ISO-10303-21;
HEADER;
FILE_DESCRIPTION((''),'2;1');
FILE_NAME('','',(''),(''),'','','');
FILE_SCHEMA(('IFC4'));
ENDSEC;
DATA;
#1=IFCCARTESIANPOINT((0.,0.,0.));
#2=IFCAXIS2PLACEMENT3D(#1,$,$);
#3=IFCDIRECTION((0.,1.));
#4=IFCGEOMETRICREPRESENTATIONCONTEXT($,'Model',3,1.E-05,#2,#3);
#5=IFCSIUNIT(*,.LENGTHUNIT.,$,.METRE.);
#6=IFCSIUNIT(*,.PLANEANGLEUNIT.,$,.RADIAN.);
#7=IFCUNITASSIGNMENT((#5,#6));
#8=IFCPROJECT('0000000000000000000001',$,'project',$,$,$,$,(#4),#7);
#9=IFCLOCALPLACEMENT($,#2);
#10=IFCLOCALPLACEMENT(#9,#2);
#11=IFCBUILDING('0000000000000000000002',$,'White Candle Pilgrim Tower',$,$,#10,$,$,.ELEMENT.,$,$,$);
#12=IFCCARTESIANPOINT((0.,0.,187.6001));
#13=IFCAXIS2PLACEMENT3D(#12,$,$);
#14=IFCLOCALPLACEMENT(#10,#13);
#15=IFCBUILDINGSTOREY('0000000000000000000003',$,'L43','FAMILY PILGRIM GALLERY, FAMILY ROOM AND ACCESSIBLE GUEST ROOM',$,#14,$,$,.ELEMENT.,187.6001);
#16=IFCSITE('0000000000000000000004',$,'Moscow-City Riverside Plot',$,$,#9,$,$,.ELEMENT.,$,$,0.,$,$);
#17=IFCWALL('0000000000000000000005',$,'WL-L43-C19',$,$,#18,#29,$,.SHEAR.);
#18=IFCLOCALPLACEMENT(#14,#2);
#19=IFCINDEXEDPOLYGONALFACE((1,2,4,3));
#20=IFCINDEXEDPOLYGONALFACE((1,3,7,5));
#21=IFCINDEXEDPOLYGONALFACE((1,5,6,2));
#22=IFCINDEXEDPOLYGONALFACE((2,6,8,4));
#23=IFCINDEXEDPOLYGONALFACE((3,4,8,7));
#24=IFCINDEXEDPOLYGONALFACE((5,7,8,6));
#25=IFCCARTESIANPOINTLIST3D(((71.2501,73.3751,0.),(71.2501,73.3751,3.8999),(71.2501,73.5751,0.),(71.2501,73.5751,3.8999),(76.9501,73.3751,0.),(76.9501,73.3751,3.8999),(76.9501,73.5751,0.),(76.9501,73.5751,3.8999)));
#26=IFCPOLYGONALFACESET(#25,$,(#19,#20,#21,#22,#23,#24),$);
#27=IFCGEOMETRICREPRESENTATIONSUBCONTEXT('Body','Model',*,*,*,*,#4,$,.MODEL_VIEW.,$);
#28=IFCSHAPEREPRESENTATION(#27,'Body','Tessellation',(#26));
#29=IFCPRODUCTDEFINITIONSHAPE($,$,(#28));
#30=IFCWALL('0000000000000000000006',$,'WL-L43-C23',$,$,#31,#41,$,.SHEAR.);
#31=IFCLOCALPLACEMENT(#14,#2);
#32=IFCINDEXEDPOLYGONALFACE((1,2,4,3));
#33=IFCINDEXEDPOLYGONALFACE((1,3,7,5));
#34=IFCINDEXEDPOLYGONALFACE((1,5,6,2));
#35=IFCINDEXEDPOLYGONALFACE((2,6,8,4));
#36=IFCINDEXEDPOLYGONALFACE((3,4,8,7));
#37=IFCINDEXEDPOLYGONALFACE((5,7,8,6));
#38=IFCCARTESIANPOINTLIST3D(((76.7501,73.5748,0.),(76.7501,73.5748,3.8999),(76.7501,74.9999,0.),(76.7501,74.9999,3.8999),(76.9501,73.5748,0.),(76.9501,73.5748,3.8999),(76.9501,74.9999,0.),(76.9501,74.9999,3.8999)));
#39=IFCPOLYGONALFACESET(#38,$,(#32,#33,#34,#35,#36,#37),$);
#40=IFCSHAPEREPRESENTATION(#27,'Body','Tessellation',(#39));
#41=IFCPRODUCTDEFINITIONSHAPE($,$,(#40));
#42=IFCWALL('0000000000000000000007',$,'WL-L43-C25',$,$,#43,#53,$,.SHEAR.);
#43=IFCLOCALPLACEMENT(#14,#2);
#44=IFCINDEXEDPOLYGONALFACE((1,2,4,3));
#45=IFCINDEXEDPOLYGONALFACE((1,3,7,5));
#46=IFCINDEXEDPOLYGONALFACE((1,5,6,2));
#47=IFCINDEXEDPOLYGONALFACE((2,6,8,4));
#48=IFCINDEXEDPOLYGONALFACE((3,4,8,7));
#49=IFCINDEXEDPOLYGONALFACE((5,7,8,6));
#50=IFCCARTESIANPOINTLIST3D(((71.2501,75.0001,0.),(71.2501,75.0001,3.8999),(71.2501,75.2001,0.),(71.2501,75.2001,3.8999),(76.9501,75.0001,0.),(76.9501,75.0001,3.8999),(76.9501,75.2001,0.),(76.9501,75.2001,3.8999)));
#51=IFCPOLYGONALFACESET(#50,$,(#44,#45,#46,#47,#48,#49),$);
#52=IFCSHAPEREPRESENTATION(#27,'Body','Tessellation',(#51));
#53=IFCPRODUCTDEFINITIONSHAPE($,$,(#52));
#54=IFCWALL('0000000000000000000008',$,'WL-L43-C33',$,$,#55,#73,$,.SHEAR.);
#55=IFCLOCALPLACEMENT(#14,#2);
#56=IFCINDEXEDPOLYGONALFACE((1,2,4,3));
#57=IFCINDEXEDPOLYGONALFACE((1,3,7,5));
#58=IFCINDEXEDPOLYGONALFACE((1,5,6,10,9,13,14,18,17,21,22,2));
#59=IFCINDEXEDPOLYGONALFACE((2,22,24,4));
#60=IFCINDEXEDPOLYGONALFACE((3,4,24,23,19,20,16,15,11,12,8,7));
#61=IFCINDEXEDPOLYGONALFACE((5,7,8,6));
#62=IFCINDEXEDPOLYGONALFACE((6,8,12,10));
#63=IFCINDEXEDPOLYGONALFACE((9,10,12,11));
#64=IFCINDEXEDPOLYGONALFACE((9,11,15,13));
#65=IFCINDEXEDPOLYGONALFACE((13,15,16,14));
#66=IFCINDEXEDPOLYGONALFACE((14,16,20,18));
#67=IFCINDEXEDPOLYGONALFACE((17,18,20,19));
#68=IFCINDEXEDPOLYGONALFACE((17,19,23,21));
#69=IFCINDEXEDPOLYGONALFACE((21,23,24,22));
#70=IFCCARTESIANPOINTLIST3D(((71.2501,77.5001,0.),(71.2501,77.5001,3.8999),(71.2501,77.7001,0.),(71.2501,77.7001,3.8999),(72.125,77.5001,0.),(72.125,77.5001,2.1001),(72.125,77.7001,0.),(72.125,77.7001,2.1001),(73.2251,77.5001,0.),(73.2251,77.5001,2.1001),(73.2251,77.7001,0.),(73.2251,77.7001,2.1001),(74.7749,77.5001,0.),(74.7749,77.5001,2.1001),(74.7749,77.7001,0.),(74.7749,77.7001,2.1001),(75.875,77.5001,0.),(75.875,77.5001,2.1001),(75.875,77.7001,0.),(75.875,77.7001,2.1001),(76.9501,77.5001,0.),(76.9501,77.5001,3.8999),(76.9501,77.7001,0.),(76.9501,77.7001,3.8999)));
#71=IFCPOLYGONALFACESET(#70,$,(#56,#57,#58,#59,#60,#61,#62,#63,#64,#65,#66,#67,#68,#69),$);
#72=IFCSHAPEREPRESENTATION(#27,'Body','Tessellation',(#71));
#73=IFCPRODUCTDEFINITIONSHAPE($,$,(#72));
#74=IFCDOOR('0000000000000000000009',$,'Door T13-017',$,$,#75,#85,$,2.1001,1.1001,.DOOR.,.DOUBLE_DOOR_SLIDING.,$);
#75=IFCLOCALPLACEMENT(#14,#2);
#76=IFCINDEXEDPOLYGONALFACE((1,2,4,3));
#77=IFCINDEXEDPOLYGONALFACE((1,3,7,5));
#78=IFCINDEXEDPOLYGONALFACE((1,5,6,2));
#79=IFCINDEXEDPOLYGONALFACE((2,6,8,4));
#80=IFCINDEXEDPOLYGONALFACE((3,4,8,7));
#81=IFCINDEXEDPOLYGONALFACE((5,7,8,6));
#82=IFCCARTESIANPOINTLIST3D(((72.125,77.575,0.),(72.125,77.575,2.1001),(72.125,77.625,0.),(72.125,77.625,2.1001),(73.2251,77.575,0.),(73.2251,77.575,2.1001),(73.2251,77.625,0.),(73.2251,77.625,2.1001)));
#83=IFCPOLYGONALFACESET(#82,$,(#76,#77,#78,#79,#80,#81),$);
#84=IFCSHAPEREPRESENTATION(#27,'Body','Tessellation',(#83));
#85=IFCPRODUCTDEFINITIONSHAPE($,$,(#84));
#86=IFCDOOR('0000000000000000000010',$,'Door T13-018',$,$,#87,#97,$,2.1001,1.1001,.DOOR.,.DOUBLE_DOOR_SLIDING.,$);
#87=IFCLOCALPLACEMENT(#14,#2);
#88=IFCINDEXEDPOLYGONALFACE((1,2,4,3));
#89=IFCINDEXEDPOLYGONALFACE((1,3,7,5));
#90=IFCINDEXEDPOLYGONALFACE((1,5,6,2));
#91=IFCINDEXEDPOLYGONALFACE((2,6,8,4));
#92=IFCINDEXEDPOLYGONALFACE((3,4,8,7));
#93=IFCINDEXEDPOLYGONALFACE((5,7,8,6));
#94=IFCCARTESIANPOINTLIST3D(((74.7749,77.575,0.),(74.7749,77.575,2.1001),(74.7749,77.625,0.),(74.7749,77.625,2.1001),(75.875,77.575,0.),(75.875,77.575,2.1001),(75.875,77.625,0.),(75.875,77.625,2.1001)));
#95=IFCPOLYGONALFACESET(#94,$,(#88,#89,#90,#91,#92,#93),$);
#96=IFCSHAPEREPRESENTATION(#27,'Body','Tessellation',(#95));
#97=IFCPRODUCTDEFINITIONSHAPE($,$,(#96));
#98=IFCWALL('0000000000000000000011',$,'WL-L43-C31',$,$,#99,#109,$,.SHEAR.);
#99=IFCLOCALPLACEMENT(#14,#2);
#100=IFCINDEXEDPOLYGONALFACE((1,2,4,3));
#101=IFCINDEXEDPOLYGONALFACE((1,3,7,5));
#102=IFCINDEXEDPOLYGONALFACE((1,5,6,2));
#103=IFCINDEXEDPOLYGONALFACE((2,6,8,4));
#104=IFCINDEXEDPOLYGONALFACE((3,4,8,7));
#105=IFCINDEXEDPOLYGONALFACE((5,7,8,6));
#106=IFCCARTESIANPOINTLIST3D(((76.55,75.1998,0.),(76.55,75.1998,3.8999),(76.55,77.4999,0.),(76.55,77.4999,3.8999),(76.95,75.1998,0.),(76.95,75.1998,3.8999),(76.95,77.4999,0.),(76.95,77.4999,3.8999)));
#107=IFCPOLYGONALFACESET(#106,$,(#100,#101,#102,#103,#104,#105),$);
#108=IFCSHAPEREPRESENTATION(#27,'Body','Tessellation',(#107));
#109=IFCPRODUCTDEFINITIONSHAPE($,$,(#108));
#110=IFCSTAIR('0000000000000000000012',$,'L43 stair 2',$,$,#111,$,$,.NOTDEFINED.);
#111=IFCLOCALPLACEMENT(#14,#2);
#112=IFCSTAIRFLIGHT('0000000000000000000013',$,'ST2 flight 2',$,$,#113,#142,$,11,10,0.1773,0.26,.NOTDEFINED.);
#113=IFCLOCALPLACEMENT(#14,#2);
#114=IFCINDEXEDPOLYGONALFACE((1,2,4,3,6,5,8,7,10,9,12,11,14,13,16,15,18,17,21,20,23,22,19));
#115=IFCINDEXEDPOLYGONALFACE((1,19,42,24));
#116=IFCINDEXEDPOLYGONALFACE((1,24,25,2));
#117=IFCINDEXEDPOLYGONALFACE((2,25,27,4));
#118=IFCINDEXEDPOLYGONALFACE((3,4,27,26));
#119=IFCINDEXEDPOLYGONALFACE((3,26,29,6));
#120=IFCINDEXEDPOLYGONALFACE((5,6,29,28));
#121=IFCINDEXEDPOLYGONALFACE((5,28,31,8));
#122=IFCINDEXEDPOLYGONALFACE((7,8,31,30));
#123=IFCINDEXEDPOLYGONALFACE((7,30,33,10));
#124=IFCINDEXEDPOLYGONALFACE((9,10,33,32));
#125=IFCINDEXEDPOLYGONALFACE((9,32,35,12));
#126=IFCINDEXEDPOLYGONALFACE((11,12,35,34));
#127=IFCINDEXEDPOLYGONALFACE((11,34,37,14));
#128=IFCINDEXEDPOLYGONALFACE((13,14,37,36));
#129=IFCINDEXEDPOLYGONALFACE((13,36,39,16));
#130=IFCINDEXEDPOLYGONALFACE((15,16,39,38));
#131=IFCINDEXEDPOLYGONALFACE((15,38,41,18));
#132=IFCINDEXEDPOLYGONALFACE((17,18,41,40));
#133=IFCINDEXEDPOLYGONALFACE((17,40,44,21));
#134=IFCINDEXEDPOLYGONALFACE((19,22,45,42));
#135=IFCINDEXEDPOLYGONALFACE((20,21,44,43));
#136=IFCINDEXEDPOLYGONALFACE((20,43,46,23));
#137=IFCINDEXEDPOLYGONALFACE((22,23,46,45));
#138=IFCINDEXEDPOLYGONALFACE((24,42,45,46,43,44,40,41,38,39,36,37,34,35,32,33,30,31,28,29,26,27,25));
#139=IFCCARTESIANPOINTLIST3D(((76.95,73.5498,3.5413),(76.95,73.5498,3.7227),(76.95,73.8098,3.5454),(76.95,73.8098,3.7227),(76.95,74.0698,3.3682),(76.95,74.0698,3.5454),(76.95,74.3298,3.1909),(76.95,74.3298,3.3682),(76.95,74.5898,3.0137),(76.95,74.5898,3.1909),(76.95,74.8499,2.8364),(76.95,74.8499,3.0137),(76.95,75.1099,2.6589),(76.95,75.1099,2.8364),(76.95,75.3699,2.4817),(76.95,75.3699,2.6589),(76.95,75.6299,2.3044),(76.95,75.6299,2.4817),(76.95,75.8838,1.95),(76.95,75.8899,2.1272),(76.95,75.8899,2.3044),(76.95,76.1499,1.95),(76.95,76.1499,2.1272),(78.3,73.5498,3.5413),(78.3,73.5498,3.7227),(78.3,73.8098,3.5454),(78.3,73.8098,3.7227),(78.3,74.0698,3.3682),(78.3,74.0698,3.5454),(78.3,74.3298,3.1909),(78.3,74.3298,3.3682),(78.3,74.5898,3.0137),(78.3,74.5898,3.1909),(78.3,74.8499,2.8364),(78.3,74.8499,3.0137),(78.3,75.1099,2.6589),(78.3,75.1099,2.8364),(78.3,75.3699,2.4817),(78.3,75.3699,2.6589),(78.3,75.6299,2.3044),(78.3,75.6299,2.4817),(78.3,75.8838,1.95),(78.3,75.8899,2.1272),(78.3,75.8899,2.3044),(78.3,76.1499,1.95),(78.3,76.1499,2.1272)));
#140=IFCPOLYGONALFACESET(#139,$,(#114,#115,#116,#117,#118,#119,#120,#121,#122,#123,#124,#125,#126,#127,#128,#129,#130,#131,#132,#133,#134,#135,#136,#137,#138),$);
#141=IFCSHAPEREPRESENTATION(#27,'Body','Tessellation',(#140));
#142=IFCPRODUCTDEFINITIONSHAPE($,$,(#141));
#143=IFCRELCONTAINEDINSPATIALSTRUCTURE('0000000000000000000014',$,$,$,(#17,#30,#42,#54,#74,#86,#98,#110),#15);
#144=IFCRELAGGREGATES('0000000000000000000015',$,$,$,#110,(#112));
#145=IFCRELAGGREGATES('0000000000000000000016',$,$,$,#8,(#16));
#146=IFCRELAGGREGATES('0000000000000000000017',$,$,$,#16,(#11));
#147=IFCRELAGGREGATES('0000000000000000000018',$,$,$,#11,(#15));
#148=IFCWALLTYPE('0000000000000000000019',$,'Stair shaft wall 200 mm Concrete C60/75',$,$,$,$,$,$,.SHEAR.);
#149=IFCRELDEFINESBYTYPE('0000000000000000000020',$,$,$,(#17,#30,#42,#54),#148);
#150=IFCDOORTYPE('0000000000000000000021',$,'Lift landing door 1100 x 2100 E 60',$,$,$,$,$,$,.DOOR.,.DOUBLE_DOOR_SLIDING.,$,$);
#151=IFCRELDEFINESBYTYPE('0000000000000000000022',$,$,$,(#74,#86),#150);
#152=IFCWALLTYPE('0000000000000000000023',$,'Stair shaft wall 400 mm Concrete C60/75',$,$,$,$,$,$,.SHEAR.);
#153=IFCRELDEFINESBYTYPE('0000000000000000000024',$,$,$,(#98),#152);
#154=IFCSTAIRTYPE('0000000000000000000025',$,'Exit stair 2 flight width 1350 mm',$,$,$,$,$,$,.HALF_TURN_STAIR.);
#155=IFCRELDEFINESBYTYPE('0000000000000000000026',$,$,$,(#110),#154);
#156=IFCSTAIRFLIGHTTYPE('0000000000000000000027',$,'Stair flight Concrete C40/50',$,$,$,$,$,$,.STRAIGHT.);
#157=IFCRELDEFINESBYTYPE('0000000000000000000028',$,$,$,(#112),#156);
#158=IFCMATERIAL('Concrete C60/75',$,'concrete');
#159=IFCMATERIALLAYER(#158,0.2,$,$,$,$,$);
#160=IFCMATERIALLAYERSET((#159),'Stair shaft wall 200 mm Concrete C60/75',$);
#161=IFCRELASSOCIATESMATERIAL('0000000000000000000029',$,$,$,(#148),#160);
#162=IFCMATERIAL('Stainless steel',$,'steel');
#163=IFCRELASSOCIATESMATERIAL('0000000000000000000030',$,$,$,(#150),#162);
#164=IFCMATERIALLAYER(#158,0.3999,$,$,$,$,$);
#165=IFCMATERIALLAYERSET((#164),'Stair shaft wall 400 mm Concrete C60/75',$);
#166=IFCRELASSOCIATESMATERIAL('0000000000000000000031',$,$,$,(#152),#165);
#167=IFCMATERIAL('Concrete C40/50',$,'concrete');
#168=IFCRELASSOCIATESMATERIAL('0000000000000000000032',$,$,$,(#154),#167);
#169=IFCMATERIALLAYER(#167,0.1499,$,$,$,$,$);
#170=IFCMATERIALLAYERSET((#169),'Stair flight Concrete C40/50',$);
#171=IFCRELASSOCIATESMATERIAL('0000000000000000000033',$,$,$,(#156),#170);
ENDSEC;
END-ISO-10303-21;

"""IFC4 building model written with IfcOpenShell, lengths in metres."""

from ifc_helpers import new_model, si_unit, direction, frame, frame_2d, origin, place, context, subcontext, project, spatial, polyline, rectangle, outline, extrude, material, layer, layer_set, type_object, element, fill, aggregate, save


model = new_model("IFC4")

# Units and contexts
model_context = context("Model", 3, precision=1e-05, world=origin(), true_north=direction((0.0, 1.0)))
body_context = subcontext(model_context, "Body", "Model", "MODEL_VIEW")
ifc_project = project(units=[si_unit("LENGTHUNIT", "METRE"), si_unit("PLANEANGLEUNIT", "RADIAN")], contexts=[model_context])

# Site, building, storey
site_placement = place(None, origin())
site = spatial("IfcSite", under=ifc_project, at=site_placement, Name="Moscow-City Riverside Plot", CompositionType="ELEMENT", RefElevation=0.0)
building_placement = place(site_placement, origin())
building = spatial("IfcBuilding", under=site, at=building_placement, Name="White Candle Pilgrim Tower", CompositionType="ELEMENT")
storey_placement = place(building_placement, frame((0.0, 0.0, 187.6001)))
storey = spatial("IfcBuildingStorey", under=building, at=storey_placement, Name="L43", Description="FAMILY PILGRIM GALLERY, FAMILY ROOM AND ACCESSIBLE GUEST ROOM", CompositionType="ELEMENT", Elevation=187.6001)

# Walls
ifc_material_1 = material(Name="Concrete C60/75", Category="concrete")
ifc_layer_1 = layer(ifc_material_1, 0.2)
ifc_layer_set_1 = layer_set([ifc_layer_1], Name="Stair shaft wall 200 mm Concrete C60/75")
wall_type_1 = type_object("IfcWallType", Name="Stair shaft wall 200 mm Concrete C60/75", PredefinedType="SHEAR", material=ifc_layer_set_1)
wall_1_placement = place(storey_placement, frame((71.25, 73.4751, 0.0), z_axis=(0.0, 0.0, 1.0), x_axis=(1.0, 0.0, 0.0)))
element("IfcWall", 1, at=wall_1_placement, inside=storey, type_object=wall_type_1, Name="WL-L43-C19", PredefinedType="SHEAR", context=body_context, shape_type="SweptSolid", body=[
    extrude(rectangle(XDim=5.7, YDim=0.2, at=frame_2d((2.8501, 0.0))), origin(), (0.0, 0.0, 1.0), 3.8999),
])
wall_2_placement = place(storey_placement, frame((76.8501, 73.575, 0.0), z_axis=(0.0, 0.0, 1.0), x_axis=(0.0, 1.0, 0.0)))
element("IfcWall", 2, at=wall_2_placement, inside=storey, type_object=wall_type_1, Name="WL-L43-C23", PredefinedType="SHEAR", context=body_context, shape_type="SweptSolid", body=[
    extrude(rectangle(XDim=1.425, YDim=0.2, at=frame_2d((0.7124, 0.0))), origin(), (0.0, 0.0, 1.0), 3.8999),
])
wall_3_placement = place(storey_placement, frame((71.25, 75.1001, 0.0), z_axis=(0.0, 0.0, 1.0), x_axis=(1.0, 0.0, 0.0)))
element("IfcWall", 3, at=wall_3_placement, inside=storey, type_object=wall_type_1, Name="WL-L43-C25", PredefinedType="SHEAR", context=body_context, shape_type="SweptSolid", body=[
    extrude(rectangle(XDim=5.7, YDim=0.2, at=frame_2d((2.8501, 0.0))), origin(), (0.0, 0.0, 1.0), 3.8999),
])

# Wall, openings, doors
wall_4_placement = place(storey_placement, frame((71.25, 77.6001, 0.0), z_axis=(0.0, 0.0, 1.0), x_axis=(1.0, 0.0, 0.0)))
wall_4 = element("IfcWall", 4, at=wall_4_placement, inside=storey, type_object=wall_type_1, Name="WL-L43-C33", PredefinedType="SHEAR", context=body_context, shape_type="SweptSolid", body=[
    extrude(rectangle(XDim=5.7, YDim=0.2, at=frame_2d((2.8501, 0.0))), origin(), (0.0, 0.0, 1.0), 3.8999),
])
opening_1_placement = place(wall_4_placement, frame((0.875, 0.0, 0.0)))
opening_1 = element("IfcOpeningElement", 5, at=opening_1_placement, cuts=wall_4, PredefinedType="OPENING", context=body_context, shape_type="SweptSolid", body=[
    extrude(rectangle(XDim=1.1001, YDim=2.1001, at=frame_2d((0.55, 1.05))), frame((0.0, 0.1099, 0.0), z_axis=(0.0, -1.0, 0.0), x_axis=(1.0, 0.0, 0.0)), (0.0, 0.0, 1.0), 0.22),
])
opening_2_placement = place(wall_4_placement, frame((3.5249, 0.0, 0.0)))
opening_2 = element("IfcOpeningElement", 6, at=opening_2_placement, cuts=wall_4, PredefinedType="OPENING", context=body_context, shape_type="SweptSolid", body=[
    extrude(rectangle(XDim=1.1001, YDim=2.1001, at=frame_2d((0.55, 1.05))), frame((0.0, 0.1099, 0.0), z_axis=(0.0, -1.0, 0.0), x_axis=(1.0, 0.0, 0.0)), (0.0, 0.0, 1.0), 0.22),
])
ifc_material_2 = material(Name="Stainless steel", Category="steel")
door_type_1 = type_object("IfcDoorType", Name="Lift landing door 1100 x 2100 E 60", OperationType="DOUBLE_DOOR_SLIDING", PredefinedType="DOOR", material=ifc_material_2)
door_1_placement = place(opening_1_placement, origin())
door_1 = element("IfcDoor", 7, at=door_1_placement, inside=storey, type_object=door_type_1, Name="Door T13-017", OperationType="DOUBLE_DOOR_SLIDING", OverallHeight=2.1001, OverallWidth=1.1001, PredefinedType="DOOR", context=body_context, shape_type="SweptSolid", body=[
    extrude(rectangle(XDim=1.1001, YDim=2.1001, at=frame_2d((0.55, 1.05))), frame((0.0, 0.0249, 0.0), z_axis=(0.0, -1.0, 0.0), x_axis=(1.0, 0.0, 0.0)), (0.0, 0.0, 1.0), 0.05),
])
fill(opening_1, door_1)
door_2_placement = place(opening_2_placement, origin())
door_2 = element("IfcDoor", 8, at=door_2_placement, inside=storey, type_object=door_type_1, Name="Door T13-018", OperationType="DOUBLE_DOOR_SLIDING", OverallHeight=2.1001, OverallWidth=1.1001, PredefinedType="DOOR", context=body_context, shape_type="SweptSolid", body=[
    extrude(rectangle(XDim=1.1001, YDim=2.1001, at=frame_2d((0.55, 1.05))), frame((0.0, 0.0249, 0.0), z_axis=(0.0, -1.0, 0.0), x_axis=(1.0, 0.0, 0.0)), (0.0, 0.0, 1.0), 0.05),
])
fill(opening_2, door_2)

# Wall
ifc_layer_2 = layer(ifc_material_1, 0.3999)
ifc_layer_set_2 = layer_set([ifc_layer_2], Name="Stair shaft wall 400 mm Concrete C60/75")
wall_type_2 = type_object("IfcWallType", Name="Stair shaft wall 400 mm Concrete C60/75", PredefinedType="SHEAR", material=ifc_layer_set_2)
wall_5_placement = place(storey_placement, frame((76.75, 75.2, 0.0), z_axis=(0.0, 0.0, 1.0), x_axis=(0.0, 1.0, 0.0)))
element("IfcWall", 9, at=wall_5_placement, inside=storey, type_object=wall_type_2, Name="WL-L43-C31", PredefinedType="SHEAR", context=body_context, shape_type="SweptSolid", body=[
    extrude(rectangle(XDim=2.3, YDim=0.3999, at=frame_2d((1.1499, 0.0))), origin(), (0.0, 0.0, 1.0), 3.8999),
])

# Stair, stair flight
ifc_material_3 = material(Name="Concrete C40/50", Category="concrete")
stair_type = type_object("IfcStairType", Name="Exit stair 2 flight width 1350 mm", PredefinedType="HALF_TURN_STAIR", material=ifc_material_3)
stair_placement = place(storey_placement, origin())
stair = element("IfcStair", 10, at=stair_placement, inside=storey, type_object=stair_type, Name="L43 stair 2", PredefinedType="NOTDEFINED")
ifc_layer_3 = layer(ifc_material_3, 0.1499)
ifc_layer_set_3 = layer_set([ifc_layer_3], Name="Stair flight Concrete C40/50")
stair_flight_type = type_object("IfcStairFlightType", Name="Stair flight Concrete C40/50", PredefinedType="STRAIGHT", material=ifc_layer_set_3)
stair_flight_placement = place(storey_placement, frame((77.625, 76.1499, 1.95), z_axis=(0.0, 0.0, 1.0), x_axis=(0.0, -1.0, 0.0)))
stair_flight = element("IfcStairFlight", 11, at=stair_flight_placement, type_object=stair_flight_type, Name="ST2 flight 2", NumberOfRisers=11, NumberOfTreads=10, PredefinedType="NOTDEFINED", RiserHeight=0.1773, TreadLength=0.26, context=body_context, shape_type="SweptSolid", body=[
    extrude(outline(polyline([(0.0, 0.0), (0.0, 0.1772), (0.26, 0.1772), (0.26, 0.3545), (0.52, 0.3545), (0.52, 0.5317), (0.78, 0.5317), (0.78, 0.709), (1.04, 0.709), (1.04, 0.8865), (1.3, 0.8865), (1.3, 1.0637), (1.5601, 1.0637), (1.5601, 1.241), (1.8201, 1.241), (1.8201, 1.4182), (2.0801, 1.4182), (2.0801, 1.5955), (2.3401, 1.5955), (2.3401, 1.7727), (2.6001, 1.7727), (2.6001, 1.95), (2.6001, 1.5913), (0.2661, 0.0), (0.0, 0.0)])), frame((0.0, 0.675, 0.0), z_axis=(0.0, -1.0, 0.0), x_axis=(1.0, 0.0, 0.0)), (0.0, 0.0, 1.0), 1.3501),
])
aggregate(stair, [stair_flight])

save(model, "model.ifc")
